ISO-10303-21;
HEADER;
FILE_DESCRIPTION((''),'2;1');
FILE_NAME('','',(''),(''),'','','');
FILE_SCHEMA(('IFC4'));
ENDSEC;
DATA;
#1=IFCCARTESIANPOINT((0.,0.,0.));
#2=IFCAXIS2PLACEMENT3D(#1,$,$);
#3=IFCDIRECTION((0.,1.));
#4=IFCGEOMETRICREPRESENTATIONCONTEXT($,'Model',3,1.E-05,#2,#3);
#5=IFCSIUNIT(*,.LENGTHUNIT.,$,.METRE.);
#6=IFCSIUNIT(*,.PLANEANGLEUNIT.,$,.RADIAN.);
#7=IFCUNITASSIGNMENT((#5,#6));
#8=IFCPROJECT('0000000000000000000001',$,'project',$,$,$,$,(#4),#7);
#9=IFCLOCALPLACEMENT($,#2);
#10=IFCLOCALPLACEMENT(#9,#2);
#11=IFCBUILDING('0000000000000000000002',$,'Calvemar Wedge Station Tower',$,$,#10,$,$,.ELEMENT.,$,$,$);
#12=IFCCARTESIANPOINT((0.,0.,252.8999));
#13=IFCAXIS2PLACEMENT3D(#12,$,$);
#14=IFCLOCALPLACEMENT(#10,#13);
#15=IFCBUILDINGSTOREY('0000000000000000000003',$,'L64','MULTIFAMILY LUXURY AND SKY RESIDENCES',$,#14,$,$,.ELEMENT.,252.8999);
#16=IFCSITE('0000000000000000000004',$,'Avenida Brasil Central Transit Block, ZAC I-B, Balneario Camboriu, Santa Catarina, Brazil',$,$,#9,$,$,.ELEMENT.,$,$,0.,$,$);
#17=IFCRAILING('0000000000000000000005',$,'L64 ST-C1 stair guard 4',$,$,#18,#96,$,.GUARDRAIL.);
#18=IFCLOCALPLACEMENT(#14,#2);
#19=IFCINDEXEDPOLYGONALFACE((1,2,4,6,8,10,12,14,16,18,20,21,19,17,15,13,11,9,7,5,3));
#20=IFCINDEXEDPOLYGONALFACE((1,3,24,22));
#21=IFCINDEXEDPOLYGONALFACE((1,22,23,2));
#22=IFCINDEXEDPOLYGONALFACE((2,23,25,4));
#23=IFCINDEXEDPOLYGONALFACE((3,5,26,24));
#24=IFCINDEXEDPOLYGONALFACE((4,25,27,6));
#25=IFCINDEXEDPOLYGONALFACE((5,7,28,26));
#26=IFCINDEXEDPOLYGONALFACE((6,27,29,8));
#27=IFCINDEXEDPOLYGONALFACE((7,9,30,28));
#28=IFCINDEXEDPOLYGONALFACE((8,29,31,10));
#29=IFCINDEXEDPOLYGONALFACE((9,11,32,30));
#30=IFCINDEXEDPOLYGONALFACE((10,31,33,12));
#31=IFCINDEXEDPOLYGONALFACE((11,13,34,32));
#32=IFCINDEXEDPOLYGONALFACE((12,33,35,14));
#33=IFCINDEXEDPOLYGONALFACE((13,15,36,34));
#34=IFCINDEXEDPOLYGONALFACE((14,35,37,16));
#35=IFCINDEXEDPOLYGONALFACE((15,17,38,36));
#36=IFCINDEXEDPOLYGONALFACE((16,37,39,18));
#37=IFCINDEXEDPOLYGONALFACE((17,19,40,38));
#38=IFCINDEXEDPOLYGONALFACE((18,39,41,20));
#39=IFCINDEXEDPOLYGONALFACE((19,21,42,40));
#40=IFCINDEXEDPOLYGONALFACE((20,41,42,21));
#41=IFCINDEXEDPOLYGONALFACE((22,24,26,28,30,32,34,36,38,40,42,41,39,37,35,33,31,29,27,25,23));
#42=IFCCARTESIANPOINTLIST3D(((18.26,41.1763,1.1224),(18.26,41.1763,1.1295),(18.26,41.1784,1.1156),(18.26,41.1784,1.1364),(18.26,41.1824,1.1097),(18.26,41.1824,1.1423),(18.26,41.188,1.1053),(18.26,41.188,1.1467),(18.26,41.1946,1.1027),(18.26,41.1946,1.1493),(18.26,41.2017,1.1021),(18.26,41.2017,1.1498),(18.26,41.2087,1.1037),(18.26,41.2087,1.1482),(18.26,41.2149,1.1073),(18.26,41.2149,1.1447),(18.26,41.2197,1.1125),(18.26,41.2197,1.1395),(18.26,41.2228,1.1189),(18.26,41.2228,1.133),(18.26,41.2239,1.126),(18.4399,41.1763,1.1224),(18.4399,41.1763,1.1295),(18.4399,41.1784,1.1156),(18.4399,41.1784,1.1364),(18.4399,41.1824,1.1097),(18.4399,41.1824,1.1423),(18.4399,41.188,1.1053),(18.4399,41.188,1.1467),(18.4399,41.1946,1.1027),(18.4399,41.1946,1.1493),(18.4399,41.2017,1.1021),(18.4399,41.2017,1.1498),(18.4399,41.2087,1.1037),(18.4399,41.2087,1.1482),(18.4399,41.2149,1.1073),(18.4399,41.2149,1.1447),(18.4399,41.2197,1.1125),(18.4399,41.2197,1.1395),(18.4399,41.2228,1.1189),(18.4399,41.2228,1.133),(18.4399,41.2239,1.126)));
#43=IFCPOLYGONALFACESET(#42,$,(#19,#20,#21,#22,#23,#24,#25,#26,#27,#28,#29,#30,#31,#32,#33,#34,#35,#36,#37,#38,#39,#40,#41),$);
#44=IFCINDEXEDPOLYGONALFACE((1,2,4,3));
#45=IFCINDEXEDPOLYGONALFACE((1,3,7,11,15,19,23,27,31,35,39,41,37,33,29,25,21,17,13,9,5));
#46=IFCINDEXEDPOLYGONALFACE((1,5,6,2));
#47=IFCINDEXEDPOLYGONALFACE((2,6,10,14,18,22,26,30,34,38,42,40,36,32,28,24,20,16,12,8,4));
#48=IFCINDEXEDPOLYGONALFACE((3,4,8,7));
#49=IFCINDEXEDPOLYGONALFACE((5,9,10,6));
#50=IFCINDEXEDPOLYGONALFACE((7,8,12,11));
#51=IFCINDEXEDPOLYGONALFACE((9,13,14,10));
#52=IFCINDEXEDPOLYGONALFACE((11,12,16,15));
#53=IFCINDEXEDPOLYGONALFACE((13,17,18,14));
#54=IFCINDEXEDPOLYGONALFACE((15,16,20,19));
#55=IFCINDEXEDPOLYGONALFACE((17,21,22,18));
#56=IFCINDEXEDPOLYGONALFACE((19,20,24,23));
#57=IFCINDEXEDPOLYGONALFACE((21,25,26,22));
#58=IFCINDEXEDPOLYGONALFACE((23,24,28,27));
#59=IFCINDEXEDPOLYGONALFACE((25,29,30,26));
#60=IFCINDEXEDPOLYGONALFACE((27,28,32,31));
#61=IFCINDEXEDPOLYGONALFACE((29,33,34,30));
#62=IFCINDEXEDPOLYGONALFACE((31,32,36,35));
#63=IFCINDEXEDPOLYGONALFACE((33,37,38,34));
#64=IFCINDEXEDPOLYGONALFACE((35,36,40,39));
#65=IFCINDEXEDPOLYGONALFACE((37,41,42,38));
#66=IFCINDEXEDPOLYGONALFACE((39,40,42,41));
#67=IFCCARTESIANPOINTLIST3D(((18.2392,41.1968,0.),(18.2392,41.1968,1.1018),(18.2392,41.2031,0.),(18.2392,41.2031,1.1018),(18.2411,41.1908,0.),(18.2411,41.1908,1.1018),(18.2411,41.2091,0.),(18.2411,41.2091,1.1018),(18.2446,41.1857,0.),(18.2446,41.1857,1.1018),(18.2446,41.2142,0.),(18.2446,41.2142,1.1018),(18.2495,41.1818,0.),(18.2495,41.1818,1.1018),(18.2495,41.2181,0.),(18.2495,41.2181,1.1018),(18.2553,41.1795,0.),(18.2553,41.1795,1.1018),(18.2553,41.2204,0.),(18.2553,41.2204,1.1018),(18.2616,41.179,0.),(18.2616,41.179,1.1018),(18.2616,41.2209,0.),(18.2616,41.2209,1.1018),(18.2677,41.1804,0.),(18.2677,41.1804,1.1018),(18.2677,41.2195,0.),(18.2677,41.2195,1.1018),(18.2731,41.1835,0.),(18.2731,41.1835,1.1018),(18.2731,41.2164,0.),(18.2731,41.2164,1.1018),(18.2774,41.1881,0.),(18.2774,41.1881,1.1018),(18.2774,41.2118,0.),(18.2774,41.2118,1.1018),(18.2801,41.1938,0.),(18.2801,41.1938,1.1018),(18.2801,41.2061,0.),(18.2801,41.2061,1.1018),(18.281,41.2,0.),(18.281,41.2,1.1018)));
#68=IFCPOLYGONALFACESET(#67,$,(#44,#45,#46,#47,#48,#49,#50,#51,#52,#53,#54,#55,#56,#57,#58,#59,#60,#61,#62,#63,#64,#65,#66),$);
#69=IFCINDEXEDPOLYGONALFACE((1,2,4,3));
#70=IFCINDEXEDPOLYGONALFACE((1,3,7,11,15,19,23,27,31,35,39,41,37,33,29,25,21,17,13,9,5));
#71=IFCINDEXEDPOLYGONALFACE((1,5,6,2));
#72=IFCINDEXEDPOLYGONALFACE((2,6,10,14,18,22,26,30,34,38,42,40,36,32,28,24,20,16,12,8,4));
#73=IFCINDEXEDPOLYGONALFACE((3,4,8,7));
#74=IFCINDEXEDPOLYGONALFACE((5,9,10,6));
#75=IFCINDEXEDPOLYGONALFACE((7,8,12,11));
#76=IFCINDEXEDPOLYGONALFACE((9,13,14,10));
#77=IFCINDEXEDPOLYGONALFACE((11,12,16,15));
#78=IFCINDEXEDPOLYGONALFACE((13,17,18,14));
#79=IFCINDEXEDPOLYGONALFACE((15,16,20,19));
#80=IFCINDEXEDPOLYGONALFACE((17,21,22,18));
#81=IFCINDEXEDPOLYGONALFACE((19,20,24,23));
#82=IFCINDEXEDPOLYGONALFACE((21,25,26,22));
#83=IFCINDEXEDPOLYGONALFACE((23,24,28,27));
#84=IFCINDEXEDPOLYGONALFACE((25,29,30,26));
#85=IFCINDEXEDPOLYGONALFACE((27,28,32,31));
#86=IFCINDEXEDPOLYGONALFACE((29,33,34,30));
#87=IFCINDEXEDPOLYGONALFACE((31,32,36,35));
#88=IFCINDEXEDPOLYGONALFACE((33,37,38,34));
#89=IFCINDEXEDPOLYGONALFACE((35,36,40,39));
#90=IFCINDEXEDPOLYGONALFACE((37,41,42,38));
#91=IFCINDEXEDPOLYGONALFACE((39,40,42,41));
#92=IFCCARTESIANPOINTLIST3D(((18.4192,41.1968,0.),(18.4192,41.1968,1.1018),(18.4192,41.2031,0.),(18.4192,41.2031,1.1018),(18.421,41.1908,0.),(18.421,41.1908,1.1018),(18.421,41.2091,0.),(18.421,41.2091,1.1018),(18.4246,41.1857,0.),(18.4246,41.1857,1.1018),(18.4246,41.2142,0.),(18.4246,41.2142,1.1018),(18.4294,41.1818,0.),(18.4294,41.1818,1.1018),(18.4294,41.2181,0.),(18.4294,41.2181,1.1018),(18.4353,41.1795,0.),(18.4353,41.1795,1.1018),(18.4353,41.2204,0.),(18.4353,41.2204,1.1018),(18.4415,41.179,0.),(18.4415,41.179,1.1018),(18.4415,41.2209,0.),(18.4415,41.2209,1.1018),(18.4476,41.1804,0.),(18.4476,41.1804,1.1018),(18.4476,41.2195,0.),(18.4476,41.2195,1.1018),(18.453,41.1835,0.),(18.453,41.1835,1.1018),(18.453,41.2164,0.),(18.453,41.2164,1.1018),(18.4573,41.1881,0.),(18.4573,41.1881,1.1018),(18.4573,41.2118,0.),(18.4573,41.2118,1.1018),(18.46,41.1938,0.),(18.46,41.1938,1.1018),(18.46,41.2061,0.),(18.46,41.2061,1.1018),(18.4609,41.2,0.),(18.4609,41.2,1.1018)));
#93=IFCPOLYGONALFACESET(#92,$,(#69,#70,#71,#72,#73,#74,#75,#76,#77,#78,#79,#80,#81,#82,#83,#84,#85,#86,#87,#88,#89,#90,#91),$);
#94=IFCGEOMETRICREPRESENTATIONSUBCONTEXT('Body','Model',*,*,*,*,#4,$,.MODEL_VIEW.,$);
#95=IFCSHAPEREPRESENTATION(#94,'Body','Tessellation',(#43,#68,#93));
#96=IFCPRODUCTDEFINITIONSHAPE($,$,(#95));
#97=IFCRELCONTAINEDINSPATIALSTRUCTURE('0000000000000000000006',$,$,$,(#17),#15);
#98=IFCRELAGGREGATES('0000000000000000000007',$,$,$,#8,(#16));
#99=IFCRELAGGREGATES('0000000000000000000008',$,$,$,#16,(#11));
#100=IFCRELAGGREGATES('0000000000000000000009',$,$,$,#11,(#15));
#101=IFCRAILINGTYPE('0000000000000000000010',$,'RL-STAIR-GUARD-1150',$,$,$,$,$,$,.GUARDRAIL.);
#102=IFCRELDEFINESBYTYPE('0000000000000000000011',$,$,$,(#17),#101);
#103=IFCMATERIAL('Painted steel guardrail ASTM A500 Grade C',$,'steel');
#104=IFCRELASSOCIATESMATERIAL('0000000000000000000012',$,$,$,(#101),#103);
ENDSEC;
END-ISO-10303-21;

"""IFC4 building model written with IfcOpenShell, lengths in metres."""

from ifc_helpers import new_model, si_unit, direction, frame, origin, origin_2d, place, context, subcontext, project, spatial, circle, extrude, material, type_object, element, save


model = new_model("IFC4")

# Units and contexts
model_context = context("Model", 3, precision=1e-05, world=origin(), true_north=direction((0.0, 1.0)))
body_context = subcontext(model_context, "Body", "Model", "MODEL_VIEW")
ifc_project = project(units=[si_unit("LENGTHUNIT", "METRE"), si_unit("PLANEANGLEUNIT", "RADIAN")], contexts=[model_context])

# Site, building, storey
site_placement = place(None, origin())
site = spatial("IfcSite", under=ifc_project, at=site_placement, Name="Avenida Brasil Central Transit Block, ZAC I-B, Balneario Camboriu, Santa Catarina, Brazil", CompositionType="ELEMENT", RefElevation=0.0)
building_placement = place(site_placement, origin())
building = spatial("IfcBuilding", under=site, at=building_placement, Name="Calvemar Wedge Station Tower", CompositionType="ELEMENT")
storey_placement = place(building_placement, frame((0.0, 0.0, 252.8999)))
storey = spatial("IfcBuildingStorey", under=building, at=storey_placement, Name="L64", Description="MULTIFAMILY LUXURY AND SKY RESIDENCES", CompositionType="ELEMENT", Elevation=252.8999)

# Railing
ifc_material_1 = material(Name="Painted steel guardrail ASTM A500 Grade C", Category="steel")
railing_type_1 = type_object("IfcRailingType", Name="RL-STAIR-GUARD-1150", PredefinedType="GUARDRAIL", material=ifc_material_1)
railing_1_placement = place(storey_placement, frame((18.26, 41.2, 0.0)))
element("IfcRailing", 1, at=railing_1_placement, inside=storey, type_object=railing_type_1, Name="L64 ST-C1 stair guard 4", PredefinedType="GUARDRAIL", context=body_context, shape_type="SweptSolid", body=[
    extrude(circle(Radius=0.0239, at=origin_2d()), frame((0.0, 0.0, 1.126), z_axis=(1.0, 0.0, 0.0), x_axis=(0.0, 1.0, 0.0)), (0.0, 0.0, 1.0), 0.1799),
    extrude(circle(Radius=0.021, at=origin_2d()), origin(), (0.0, 0.0, 1.0), 1.1018),
    extrude(circle(Radius=0.021, at=origin_2d()), frame((0.1799, 0.0, 0.0)), (0.0, 0.0, 1.0), 1.1018),
])

save(model, "model.ifc")
